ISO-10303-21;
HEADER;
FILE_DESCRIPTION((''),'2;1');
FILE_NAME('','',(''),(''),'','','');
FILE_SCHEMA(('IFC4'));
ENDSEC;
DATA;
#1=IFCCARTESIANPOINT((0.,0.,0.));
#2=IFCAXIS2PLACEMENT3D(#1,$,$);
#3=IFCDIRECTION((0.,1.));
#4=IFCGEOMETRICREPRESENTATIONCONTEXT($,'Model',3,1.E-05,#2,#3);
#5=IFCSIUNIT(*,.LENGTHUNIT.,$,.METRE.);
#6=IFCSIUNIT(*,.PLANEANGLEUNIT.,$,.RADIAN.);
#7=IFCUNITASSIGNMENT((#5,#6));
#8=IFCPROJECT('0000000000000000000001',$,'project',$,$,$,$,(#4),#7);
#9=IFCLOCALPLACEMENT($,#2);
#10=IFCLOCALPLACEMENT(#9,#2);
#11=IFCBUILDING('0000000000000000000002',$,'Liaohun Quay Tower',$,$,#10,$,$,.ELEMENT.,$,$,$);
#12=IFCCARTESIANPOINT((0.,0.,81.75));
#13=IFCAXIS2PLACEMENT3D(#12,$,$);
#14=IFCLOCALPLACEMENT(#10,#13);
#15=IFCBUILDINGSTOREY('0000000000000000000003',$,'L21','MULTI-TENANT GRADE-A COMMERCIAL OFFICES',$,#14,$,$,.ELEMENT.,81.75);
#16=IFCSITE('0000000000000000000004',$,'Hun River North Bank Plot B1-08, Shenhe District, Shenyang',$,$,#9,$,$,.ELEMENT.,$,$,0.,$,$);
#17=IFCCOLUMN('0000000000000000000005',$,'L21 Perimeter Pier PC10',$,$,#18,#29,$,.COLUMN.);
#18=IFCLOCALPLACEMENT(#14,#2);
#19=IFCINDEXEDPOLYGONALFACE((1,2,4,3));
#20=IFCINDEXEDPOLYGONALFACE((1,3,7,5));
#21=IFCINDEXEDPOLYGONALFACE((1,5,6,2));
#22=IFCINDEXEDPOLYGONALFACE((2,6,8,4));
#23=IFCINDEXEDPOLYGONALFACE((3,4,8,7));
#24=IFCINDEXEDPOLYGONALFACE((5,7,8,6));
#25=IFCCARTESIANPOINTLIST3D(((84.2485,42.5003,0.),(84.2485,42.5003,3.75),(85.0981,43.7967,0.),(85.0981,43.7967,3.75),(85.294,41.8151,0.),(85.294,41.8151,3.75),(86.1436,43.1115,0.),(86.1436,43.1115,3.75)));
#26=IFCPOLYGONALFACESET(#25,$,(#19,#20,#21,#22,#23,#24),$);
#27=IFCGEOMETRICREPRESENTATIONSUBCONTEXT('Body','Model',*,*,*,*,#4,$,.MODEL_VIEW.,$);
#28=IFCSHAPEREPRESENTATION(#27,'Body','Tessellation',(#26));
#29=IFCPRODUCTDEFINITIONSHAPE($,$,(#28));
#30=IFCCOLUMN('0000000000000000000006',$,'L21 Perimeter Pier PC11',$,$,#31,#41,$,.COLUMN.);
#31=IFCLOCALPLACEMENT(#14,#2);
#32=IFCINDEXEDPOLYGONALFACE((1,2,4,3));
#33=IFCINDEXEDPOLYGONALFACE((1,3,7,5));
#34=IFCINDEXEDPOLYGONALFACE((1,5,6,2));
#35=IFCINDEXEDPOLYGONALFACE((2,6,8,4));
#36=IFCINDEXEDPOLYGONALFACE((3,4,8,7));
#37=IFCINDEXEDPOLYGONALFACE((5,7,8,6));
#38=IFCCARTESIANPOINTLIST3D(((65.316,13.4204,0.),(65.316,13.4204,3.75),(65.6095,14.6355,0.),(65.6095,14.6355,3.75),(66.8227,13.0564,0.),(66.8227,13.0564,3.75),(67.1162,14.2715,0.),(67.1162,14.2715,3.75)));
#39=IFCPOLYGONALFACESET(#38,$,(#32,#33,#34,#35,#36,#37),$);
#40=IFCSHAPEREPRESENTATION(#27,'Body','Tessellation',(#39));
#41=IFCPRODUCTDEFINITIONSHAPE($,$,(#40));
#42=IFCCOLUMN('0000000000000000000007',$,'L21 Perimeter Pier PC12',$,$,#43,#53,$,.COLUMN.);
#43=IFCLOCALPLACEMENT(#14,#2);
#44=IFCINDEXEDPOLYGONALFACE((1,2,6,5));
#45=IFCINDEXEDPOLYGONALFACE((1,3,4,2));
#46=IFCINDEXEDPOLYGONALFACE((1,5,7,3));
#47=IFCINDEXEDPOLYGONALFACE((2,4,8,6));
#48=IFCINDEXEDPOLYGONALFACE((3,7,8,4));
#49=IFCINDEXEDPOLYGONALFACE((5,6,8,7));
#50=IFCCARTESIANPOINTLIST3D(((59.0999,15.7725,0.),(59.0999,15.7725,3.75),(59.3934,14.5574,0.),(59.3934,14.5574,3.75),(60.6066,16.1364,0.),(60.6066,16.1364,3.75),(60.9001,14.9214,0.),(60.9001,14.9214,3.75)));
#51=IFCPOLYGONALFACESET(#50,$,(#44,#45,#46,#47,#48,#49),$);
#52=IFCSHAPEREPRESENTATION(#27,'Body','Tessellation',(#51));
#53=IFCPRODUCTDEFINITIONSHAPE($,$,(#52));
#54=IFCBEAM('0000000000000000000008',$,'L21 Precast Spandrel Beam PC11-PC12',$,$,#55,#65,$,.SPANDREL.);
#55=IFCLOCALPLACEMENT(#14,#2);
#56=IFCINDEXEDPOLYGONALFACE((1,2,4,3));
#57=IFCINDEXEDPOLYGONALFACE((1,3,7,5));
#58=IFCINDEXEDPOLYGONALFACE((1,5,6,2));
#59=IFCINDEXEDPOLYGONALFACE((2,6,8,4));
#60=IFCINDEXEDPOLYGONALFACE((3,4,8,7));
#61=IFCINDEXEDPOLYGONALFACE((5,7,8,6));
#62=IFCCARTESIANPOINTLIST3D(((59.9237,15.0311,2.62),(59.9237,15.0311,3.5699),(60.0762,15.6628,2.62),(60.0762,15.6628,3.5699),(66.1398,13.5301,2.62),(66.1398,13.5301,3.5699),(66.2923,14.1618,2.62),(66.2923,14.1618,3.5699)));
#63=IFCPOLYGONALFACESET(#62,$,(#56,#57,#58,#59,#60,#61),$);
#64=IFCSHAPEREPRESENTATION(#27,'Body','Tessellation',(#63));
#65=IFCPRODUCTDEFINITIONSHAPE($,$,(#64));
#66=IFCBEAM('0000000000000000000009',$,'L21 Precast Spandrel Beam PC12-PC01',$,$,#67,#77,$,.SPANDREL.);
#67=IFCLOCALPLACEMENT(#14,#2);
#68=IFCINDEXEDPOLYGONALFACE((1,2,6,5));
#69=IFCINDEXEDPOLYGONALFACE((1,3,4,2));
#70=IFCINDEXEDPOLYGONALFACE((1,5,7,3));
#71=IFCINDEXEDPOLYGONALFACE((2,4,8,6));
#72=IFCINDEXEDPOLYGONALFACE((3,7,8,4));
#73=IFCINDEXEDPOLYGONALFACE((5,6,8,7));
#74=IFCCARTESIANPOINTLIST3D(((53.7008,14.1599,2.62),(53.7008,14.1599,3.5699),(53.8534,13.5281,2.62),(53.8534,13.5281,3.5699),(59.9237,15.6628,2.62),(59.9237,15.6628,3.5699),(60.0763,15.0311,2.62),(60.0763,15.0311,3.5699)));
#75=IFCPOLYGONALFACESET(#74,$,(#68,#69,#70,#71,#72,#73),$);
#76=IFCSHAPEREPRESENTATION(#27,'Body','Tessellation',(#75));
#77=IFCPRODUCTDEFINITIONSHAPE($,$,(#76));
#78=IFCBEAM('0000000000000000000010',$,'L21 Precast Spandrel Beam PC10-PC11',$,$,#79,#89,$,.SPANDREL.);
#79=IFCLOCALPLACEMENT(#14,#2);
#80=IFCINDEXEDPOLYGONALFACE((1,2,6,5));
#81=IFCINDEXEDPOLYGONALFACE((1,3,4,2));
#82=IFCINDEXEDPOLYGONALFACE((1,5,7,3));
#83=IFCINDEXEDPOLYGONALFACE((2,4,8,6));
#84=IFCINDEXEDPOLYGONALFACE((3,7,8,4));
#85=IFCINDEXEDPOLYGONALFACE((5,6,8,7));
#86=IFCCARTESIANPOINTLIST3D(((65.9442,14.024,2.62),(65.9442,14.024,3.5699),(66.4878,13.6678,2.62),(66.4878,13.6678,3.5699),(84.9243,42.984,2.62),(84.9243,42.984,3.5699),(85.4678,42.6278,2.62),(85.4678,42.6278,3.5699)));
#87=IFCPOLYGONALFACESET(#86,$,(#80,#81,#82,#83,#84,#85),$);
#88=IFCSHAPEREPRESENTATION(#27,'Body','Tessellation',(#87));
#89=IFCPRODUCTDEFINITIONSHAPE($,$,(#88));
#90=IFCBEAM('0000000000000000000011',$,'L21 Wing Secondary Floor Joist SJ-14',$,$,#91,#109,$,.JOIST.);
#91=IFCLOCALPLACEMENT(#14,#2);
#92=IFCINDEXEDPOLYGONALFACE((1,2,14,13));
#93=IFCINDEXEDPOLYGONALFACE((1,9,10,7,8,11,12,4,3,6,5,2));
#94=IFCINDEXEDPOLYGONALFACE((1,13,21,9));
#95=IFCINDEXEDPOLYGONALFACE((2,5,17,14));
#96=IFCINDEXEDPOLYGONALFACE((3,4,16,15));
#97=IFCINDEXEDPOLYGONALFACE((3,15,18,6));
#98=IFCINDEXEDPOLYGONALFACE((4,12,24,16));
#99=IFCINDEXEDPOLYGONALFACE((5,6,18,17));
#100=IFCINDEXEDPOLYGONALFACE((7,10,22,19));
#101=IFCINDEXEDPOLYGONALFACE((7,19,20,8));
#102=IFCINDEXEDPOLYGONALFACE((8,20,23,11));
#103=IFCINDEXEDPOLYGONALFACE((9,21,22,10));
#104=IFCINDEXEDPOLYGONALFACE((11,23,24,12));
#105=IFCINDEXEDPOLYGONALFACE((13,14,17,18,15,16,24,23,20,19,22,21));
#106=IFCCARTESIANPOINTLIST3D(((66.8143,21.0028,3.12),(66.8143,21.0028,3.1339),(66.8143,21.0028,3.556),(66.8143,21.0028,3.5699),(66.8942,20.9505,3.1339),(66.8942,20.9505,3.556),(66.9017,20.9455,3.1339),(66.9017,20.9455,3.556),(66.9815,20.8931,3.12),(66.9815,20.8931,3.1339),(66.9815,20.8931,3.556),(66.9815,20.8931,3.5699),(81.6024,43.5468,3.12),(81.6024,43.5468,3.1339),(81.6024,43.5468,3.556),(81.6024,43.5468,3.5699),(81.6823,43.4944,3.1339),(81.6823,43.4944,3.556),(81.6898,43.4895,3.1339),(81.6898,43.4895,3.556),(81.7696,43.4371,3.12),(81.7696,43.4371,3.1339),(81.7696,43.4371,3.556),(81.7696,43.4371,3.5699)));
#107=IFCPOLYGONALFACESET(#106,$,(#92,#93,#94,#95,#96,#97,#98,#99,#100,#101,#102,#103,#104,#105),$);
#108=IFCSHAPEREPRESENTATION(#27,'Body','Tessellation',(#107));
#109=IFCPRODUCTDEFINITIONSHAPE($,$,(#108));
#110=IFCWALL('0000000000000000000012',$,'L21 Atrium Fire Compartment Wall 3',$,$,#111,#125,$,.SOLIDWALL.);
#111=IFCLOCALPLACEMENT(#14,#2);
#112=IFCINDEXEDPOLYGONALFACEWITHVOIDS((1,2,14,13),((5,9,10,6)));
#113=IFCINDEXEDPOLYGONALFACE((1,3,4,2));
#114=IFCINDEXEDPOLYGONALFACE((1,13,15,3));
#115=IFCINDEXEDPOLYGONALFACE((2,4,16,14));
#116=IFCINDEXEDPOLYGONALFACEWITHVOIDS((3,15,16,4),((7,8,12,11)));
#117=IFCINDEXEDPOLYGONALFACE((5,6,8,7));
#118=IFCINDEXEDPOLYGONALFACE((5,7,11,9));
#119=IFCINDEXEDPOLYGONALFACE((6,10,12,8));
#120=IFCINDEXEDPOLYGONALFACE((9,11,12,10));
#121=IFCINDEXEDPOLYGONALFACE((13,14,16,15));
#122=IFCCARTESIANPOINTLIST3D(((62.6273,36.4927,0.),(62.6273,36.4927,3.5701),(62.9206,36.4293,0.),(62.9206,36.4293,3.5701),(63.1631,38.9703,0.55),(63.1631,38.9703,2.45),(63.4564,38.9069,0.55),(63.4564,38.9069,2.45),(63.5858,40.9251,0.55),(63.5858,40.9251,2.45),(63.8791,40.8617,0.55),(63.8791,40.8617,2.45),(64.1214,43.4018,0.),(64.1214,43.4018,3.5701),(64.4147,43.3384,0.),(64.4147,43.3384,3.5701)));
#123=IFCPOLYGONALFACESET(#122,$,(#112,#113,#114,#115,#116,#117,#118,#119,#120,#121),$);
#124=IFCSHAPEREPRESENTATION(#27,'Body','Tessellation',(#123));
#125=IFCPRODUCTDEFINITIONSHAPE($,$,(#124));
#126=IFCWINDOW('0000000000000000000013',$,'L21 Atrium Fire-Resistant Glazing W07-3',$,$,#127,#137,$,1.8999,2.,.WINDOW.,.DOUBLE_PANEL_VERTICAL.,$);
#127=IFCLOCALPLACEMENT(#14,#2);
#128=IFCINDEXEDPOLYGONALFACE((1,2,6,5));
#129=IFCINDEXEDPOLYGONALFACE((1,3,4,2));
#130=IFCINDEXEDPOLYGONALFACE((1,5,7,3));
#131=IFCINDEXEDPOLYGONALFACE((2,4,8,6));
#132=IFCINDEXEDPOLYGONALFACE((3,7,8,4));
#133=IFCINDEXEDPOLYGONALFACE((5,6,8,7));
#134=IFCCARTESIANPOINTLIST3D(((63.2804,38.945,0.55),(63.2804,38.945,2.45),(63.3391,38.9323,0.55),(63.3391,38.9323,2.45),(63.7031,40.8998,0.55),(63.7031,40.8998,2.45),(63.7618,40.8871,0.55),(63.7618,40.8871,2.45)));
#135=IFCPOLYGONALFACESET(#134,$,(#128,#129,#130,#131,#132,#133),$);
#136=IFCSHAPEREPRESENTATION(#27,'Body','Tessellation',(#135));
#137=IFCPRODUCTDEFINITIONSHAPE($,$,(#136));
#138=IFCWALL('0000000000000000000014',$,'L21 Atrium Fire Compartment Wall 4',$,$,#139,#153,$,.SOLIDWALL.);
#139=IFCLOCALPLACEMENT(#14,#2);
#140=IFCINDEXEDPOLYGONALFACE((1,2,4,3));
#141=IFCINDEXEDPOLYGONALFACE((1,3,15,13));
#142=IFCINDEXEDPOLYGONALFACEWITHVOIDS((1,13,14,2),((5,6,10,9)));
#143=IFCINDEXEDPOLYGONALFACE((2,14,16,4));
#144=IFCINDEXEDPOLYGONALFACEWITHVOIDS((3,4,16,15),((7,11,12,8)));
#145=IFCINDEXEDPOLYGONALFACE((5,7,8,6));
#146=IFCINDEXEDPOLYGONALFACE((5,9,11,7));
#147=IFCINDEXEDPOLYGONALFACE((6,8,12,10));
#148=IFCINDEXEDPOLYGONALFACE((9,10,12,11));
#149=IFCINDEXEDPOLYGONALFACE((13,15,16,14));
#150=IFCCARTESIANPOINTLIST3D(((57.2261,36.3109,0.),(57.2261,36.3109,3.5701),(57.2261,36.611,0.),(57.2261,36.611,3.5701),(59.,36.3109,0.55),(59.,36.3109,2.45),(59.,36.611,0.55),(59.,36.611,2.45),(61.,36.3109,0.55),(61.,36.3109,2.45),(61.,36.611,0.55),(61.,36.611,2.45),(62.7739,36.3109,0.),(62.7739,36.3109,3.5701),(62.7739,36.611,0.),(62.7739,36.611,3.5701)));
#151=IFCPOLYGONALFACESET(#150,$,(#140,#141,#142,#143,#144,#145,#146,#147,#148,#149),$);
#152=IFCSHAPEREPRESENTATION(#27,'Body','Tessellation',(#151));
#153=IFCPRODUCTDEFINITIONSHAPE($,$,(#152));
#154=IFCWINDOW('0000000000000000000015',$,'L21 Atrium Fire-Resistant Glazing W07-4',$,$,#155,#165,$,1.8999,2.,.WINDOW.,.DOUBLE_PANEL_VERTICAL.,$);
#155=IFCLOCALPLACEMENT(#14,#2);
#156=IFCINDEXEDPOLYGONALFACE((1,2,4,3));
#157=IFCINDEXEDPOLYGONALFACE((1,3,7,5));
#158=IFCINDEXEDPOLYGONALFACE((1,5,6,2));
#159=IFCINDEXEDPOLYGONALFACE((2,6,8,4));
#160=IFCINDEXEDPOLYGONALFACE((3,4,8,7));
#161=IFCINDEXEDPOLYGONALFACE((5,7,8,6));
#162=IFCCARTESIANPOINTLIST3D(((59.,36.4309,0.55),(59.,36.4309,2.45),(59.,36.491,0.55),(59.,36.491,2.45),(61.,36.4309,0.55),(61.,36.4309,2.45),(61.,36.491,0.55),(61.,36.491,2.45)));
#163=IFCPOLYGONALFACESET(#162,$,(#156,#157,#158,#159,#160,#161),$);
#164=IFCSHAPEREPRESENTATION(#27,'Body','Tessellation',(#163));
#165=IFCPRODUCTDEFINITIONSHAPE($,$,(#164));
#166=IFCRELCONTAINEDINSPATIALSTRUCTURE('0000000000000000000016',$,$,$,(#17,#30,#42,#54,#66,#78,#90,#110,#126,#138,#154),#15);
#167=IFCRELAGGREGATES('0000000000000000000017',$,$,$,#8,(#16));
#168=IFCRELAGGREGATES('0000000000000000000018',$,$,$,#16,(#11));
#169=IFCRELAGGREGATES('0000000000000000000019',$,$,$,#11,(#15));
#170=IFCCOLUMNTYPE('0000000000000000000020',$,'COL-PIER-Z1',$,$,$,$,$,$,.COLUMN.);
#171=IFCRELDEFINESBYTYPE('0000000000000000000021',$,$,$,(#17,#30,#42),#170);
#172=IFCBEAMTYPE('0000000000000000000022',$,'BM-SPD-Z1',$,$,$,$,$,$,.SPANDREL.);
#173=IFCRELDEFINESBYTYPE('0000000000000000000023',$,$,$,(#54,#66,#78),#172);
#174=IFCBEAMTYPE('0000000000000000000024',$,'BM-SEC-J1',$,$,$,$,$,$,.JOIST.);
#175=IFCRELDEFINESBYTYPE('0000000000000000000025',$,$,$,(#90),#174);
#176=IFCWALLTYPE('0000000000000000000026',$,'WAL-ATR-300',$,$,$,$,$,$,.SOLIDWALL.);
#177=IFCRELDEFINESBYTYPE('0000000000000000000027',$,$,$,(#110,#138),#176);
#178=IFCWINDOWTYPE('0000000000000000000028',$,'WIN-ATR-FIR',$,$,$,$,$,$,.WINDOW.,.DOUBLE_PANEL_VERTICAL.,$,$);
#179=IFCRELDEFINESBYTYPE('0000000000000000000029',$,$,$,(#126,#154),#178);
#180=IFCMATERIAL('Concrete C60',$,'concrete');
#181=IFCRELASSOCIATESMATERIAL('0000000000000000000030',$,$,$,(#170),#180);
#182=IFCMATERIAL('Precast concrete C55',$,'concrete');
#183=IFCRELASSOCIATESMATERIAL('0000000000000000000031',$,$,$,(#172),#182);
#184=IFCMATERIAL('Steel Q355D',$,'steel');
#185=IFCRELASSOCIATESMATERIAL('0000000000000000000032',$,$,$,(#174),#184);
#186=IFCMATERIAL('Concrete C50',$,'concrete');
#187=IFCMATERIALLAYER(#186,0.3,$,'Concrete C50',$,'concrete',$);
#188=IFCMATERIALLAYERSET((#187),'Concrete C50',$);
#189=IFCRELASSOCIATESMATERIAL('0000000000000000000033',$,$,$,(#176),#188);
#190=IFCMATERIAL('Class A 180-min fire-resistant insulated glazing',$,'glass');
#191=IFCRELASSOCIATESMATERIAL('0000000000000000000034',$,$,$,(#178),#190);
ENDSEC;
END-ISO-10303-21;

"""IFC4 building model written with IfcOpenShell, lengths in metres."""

from ifc_helpers import new_model, si_unit, direction, frame, frame_2d, origin, origin_2d, place, context, subcontext, project, spatial, rectangle, i_section, extrude, source, transform, mapped, material, layer, layer_set, material_profile, profile_set, type_object, element, fill, save


model = new_model("IFC4")

# Units and contexts
model_context = context("Model", 3, precision=1e-05, world=origin(), true_north=direction((0.0, 1.0)))
body_context = subcontext(model_context, "Body", "Model", "MODEL_VIEW")
ifc_project = project(units=[si_unit("LENGTHUNIT", "METRE"), si_unit("PLANEANGLEUNIT", "RADIAN")], contexts=[model_context])

# Site, building, storey
site_placement = place(None, origin())
site = spatial("IfcSite", under=ifc_project, at=site_placement, Name="Hun River North Bank Plot B1-08, Shenhe District, Shenyang", CompositionType="ELEMENT", RefElevation=0.0)
building_placement = place(site_placement, origin())
building = spatial("IfcBuilding", under=site, at=building_placement, Name="Liaohun Quay Tower", CompositionType="ELEMENT")
storey_placement = place(building_placement, frame((0.0, 0.0, 81.75)))
storey = spatial("IfcBuildingStorey", under=building, at=storey_placement, Name="L21", Description="MULTI-TENANT GRADE-A COMMERCIAL OFFICES", CompositionType="ELEMENT", Elevation=81.75)

# Columns
ifc_material_1 = material(Name="Concrete C60", Category="concrete")
ifc_material_profile_1 = material_profile(ifc_material_1, rectangle(XDim=1.55, YDim=1.25, at=origin_2d()), Name="RC1550x1250")
ifc_profile_set_1 = profile_set([ifc_material_profile_1], Name="Concrete C60")
column_type = type_object("IfcColumnType", Name="COL-PIER-Z1", PredefinedType="COLUMN", material=ifc_profile_set_1)
shared_shape_1 = source(origin(), body_context, "Body", "SweptSolid", [
    extrude(rectangle(XDim=1.55, YDim=1.25, at=origin_2d()), origin(), (0.0, 0.0, 1.0), 3.75),
])
for number, where, z_axis, x_axis, name in (
    (1, (85.196, 42.8059, 0.0), (0.0, 0.0, 1.0), (0.548147, 0.836382, 0.0), "L21 Perimeter Pier PC10"),
    (2, (66.2161, 13.8459, 0.0), (0.0, 0.0, 1.0), (-0.972043, 0.234803, 0.0), "L21 Perimeter Pier PC11"),
    (3, (60.0, 15.3469, 0.0), (0.0, 0.0, 1.0), (0.972043, 0.234803, 0.0), "L21 Perimeter Pier PC12"),
):
    element("IfcColumn", number, at=place(storey_placement, frame(where, z_axis=z_axis, x_axis=x_axis)), inside=storey, type_object=column_type, Name=name, PredefinedType="COLUMN", context=body_context, shape_type="MappedRepresentation", body=[
        mapped(shared_shape_1, transform((0.0, 0.0, 0.0), x_axis=(1.0, 0.0, 0.0), y_axis=(0.0, 1.0, 0.0), z_axis=(0.0, 0.0, 1.0), scale=1.0)),
    ])

# Beams
ifc_material_2 = material(Name="Precast concrete C55", Category="concrete")
ifc_material_profile_2 = material_profile(ifc_material_2, rectangle(XDim=0.6499, YDim=0.95, at=origin_2d()), Name="RC650x950")
ifc_profile_set_2 = profile_set([ifc_material_profile_2], Name="Precast concrete C55")
beam_type_1 = type_object("IfcBeamType", Name="BM-SPD-Z1", PredefinedType="SPANDREL", material=ifc_profile_set_2)
shared_shape_2 = source(origin(), body_context, "Body", "SweptSolid", [
    extrude(rectangle(XDim=0.6499, YDim=0.95, at=origin_2d()), origin(), (0.0, 0.0, 1.0), 6.3948),
])
beam_1_placement = place(storey_placement, frame((66.2161, 13.8459, 3.095), z_axis=(-0.972063, 0.234721, 0.0), x_axis=(-0.234721, -0.972063, 0.0)))
element("IfcBeam", 4, at=beam_1_placement, inside=storey, type_object=beam_type_1, Name="L21 Precast Spandrel Beam PC11-PC12", PredefinedType="SPANDREL", context=body_context, shape_type="MappedRepresentation", body=[
    mapped(shared_shape_2, transform((0.0, 0.0, 0.0), x_axis=(1.0, 0.0, 0.0), y_axis=(0.0, 1.0, 0.0), z_axis=(0.0, 0.0, 1.0), scale=1.0)),
])
shared_shape_3 = source(origin(), body_context, "Body", "SweptSolid", [
    extrude(rectangle(XDim=0.6499, YDim=0.95, at=origin_2d()), origin(), (0.0, 0.0, 1.0), 6.4019),
])
beam_2_placement = place(storey_placement, frame((60.0, 15.3469, 3.095), z_axis=(-0.972052, -0.234766, 0.0), x_axis=(0.234766, -0.972052, 0.0)))
element("IfcBeam", 5, at=beam_2_placement, inside=storey, type_object=beam_type_1, Name="L21 Precast Spandrel Beam PC12-PC01", PredefinedType="SPANDREL", context=body_context, shape_type="MappedRepresentation", body=[
    mapped(shared_shape_3, transform((0.0, 0.0, 0.0), x_axis=(1.0, 0.0, 0.0), y_axis=(0.0, 1.0, 0.0), z_axis=(0.0, 0.0, 1.0), scale=1.0)),
])
shared_shape_4 = source(origin(), body_context, "Body", "SweptSolid", [
    extrude(rectangle(XDim=0.6499, YDim=0.95, at=origin_2d()), origin(), (0.0, 0.0, 1.0), 34.6255),
])
beam_3_placement = place(storey_placement, frame((85.196, 42.8059, 3.095), z_axis=(-0.548152, -0.836379, 0.0), x_axis=(0.836379, -0.548152, 0.0)))
element("IfcBeam", 6, at=beam_3_placement, inside=storey, type_object=beam_type_1, Name="L21 Precast Spandrel Beam PC10-PC11", PredefinedType="SPANDREL", context=body_context, shape_type="MappedRepresentation", body=[
    mapped(shared_shape_4, transform((0.0, 0.0, 0.0), x_axis=(1.0, 0.0, 0.0), y_axis=(0.0, 1.0, 0.0), z_axis=(0.0, 0.0, 1.0), scale=1.0)),
])
ifc_material_3 = material(Name="Steel Q355D", Category="steel")
ifc_material_profile_3 = material_profile(ifc_material_3, i_section(OverallWidth=0.2, OverallDepth=0.45, WebThickness=0.009, FlangeThickness=0.0139, at=origin_2d()), Name="HN450x200x9x14")
ifc_profile_set_3 = profile_set([ifc_material_profile_3], Name="Steel Q355D")
beam_type_2 = type_object("IfcBeamType", Name="BM-SEC-J1", PredefinedType="JOIST", material=ifc_profile_set_3)
shared_shape_5 = source(origin(), body_context, "Body", "SweptSolid", [
    extrude(i_section(OverallWidth=0.2, OverallDepth=0.45, WebThickness=0.009, FlangeThickness=0.0139, at=origin_2d()), origin(), (0.0, 0.0, 1.0), 26.9614),
])
beam_4_placement = place(storey_placement, frame((81.686, 43.4919, 3.345), z_axis=(-0.548491, -0.836156, 0.0), x_axis=(0.836156, -0.548491, 0.0)))
element("IfcBeam", 7, at=beam_4_placement, inside=storey, type_object=beam_type_2, Name="L21 Wing Secondary Floor Joist SJ-14", PredefinedType="JOIST", context=body_context, shape_type="MappedRepresentation", body=[
    mapped(shared_shape_5, transform((0.0, 0.0, 0.0), x_axis=(1.0, 0.0, 0.0), y_axis=(0.0, 1.0, 0.0), z_axis=(0.0, 0.0, 1.0), scale=1.0)),
])

# Walls, openings, windows
ifc_material_4 = material(Name="Concrete C50", Category="concrete")
ifc_layer_1 = layer(ifc_material_4, 0.3, Name="Concrete C50", Category="concrete")
ifc_layer_set_1 = layer_set([ifc_layer_1], Name="Concrete C50")
wall_type_1 = type_object("IfcWallType", Name="WAL-ATR-300", PredefinedType="SOLIDWALL", material=ifc_layer_set_1)
wall_1_placement = place(storey_placement, frame((64.2681, 43.3701, 0.0), z_axis=(0.0, 0.0, 1.0), x_axis=(-0.211368, -0.977406, 0.0)))
wall_1 = element("IfcWall", 8, at=wall_1_placement, inside=storey, type_object=wall_type_1, Name="L21 Atrium Fire Compartment Wall 3", PredefinedType="SOLIDWALL", context=body_context, shape_type="SweptSolid", body=[
    extrude(rectangle(XDim=7.0688, YDim=0.3, at=frame_2d((3.5344, 0.0))), origin(), (0.0, 0.0, 1.0), 3.5701),
])
shared_shape_6 = source(origin(), body_context, "Body", "SweptSolid", [
    extrude(rectangle(XDim=2.0, YDim=1.8999, at=frame_2d((1.0, 0.95))), frame((0.0, 0.1599, 0.0), z_axis=(0.0, -1.0, 0.0), x_axis=(1.0, 0.0, 0.0)), (0.0, 0.0, 1.0), 0.3201),
])
opening_1_placement = place(wall_1_placement, frame((2.5339, 0.0, 0.55)))
opening_1 = element("IfcOpeningElement", 9, at=opening_1_placement, cuts=wall_1, PredefinedType="OPENING", context=body_context, shape_type="MappedRepresentation", body=[
    mapped(shared_shape_6, transform((0.0, 0.0, 0.0), x_axis=(1.0, 0.0, 0.0), y_axis=(0.0, 1.0, 0.0), z_axis=(0.0, 0.0, 1.0), scale=1.0)),
])
ifc_material_5 = material(Name="Class A 180-min fire-resistant insulated glazing", Category="glass")
window_type_1 = type_object("IfcWindowType", Name="WIN-ATR-FIR", PartitioningType="DOUBLE_PANEL_VERTICAL", PredefinedType="WINDOW", material=ifc_material_5)
shared_shape_7 = source(origin(), body_context, "Body", "SweptSolid", [
    extrude(rectangle(XDim=2.0, YDim=1.8999, at=frame_2d((1.0, 0.95))), frame((0.0, 0.03, 0.0), z_axis=(0.0, -1.0, 0.0), x_axis=(1.0, 0.0, 0.0)), (0.0, 0.0, 1.0), 0.0601),
])
window_1_placement = place(opening_1_placement, origin())
window_1 = element("IfcWindow", 10, at=window_1_placement, inside=storey, type_object=window_type_1, Name="L21 Atrium Fire-Resistant Glazing W07-3", OverallHeight=1.8999, OverallWidth=2.0, PartitioningType="DOUBLE_PANEL_VERTICAL", PredefinedType="WINDOW", context=body_context, shape_type="MappedRepresentation", body=[
    mapped(shared_shape_7, transform((0.0, 0.0, 0.0), x_axis=(1.0, 0.0, 0.0), y_axis=(0.0, 1.0, 0.0), z_axis=(0.0, 0.0, 1.0), scale=1.0)),
])
fill(opening_1, window_1)
wall_2_placement = place(storey_placement, frame((62.7739, 36.4609, 0.0), z_axis=(0.0, 0.0, 1.0), x_axis=(-1.0, 0.0, 0.0)))
wall_2 = element("IfcWall", 11, at=wall_2_placement, inside=storey, type_object=wall_type_1, Name="L21 Atrium Fire Compartment Wall 4", PredefinedType="SOLIDWALL", context=body_context, shape_type="SweptSolid", body=[
    extrude(rectangle(XDim=5.5479, YDim=0.3, at=frame_2d((2.7739, 0.0))), origin(), (0.0, 0.0, 1.0), 3.5701),
])
opening_2_placement = place(wall_2_placement, frame((1.7739, 0.0, 0.55)))
opening_2 = element("IfcOpeningElement", 12, at=opening_2_placement, cuts=wall_2, PredefinedType="OPENING", context=body_context, shape_type="MappedRepresentation", body=[
    mapped(shared_shape_6, transform((0.0, 0.0, 0.0), x_axis=(1.0, 0.0, 0.0), y_axis=(0.0, 1.0, 0.0), z_axis=(0.0, 0.0, 1.0), scale=1.0)),
])
window_2_placement = place(opening_2_placement, origin())
window_2 = element("IfcWindow", 13, at=window_2_placement, inside=storey, type_object=window_type_1, Name="L21 Atrium Fire-Resistant Glazing W07-4", OverallHeight=1.8999, OverallWidth=2.0, PartitioningType="DOUBLE_PANEL_VERTICAL", PredefinedType="WINDOW", context=body_context, shape_type="MappedRepresentation", body=[
    mapped(shared_shape_7, transform((0.0, 0.0, 0.0), x_axis=(1.0, 0.0, 0.0), y_axis=(0.0, 1.0, 0.0), z_axis=(0.0, 0.0, 1.0), scale=1.0)),
])
fill(opening_2, window_2)

save(model, "model.ifc")
